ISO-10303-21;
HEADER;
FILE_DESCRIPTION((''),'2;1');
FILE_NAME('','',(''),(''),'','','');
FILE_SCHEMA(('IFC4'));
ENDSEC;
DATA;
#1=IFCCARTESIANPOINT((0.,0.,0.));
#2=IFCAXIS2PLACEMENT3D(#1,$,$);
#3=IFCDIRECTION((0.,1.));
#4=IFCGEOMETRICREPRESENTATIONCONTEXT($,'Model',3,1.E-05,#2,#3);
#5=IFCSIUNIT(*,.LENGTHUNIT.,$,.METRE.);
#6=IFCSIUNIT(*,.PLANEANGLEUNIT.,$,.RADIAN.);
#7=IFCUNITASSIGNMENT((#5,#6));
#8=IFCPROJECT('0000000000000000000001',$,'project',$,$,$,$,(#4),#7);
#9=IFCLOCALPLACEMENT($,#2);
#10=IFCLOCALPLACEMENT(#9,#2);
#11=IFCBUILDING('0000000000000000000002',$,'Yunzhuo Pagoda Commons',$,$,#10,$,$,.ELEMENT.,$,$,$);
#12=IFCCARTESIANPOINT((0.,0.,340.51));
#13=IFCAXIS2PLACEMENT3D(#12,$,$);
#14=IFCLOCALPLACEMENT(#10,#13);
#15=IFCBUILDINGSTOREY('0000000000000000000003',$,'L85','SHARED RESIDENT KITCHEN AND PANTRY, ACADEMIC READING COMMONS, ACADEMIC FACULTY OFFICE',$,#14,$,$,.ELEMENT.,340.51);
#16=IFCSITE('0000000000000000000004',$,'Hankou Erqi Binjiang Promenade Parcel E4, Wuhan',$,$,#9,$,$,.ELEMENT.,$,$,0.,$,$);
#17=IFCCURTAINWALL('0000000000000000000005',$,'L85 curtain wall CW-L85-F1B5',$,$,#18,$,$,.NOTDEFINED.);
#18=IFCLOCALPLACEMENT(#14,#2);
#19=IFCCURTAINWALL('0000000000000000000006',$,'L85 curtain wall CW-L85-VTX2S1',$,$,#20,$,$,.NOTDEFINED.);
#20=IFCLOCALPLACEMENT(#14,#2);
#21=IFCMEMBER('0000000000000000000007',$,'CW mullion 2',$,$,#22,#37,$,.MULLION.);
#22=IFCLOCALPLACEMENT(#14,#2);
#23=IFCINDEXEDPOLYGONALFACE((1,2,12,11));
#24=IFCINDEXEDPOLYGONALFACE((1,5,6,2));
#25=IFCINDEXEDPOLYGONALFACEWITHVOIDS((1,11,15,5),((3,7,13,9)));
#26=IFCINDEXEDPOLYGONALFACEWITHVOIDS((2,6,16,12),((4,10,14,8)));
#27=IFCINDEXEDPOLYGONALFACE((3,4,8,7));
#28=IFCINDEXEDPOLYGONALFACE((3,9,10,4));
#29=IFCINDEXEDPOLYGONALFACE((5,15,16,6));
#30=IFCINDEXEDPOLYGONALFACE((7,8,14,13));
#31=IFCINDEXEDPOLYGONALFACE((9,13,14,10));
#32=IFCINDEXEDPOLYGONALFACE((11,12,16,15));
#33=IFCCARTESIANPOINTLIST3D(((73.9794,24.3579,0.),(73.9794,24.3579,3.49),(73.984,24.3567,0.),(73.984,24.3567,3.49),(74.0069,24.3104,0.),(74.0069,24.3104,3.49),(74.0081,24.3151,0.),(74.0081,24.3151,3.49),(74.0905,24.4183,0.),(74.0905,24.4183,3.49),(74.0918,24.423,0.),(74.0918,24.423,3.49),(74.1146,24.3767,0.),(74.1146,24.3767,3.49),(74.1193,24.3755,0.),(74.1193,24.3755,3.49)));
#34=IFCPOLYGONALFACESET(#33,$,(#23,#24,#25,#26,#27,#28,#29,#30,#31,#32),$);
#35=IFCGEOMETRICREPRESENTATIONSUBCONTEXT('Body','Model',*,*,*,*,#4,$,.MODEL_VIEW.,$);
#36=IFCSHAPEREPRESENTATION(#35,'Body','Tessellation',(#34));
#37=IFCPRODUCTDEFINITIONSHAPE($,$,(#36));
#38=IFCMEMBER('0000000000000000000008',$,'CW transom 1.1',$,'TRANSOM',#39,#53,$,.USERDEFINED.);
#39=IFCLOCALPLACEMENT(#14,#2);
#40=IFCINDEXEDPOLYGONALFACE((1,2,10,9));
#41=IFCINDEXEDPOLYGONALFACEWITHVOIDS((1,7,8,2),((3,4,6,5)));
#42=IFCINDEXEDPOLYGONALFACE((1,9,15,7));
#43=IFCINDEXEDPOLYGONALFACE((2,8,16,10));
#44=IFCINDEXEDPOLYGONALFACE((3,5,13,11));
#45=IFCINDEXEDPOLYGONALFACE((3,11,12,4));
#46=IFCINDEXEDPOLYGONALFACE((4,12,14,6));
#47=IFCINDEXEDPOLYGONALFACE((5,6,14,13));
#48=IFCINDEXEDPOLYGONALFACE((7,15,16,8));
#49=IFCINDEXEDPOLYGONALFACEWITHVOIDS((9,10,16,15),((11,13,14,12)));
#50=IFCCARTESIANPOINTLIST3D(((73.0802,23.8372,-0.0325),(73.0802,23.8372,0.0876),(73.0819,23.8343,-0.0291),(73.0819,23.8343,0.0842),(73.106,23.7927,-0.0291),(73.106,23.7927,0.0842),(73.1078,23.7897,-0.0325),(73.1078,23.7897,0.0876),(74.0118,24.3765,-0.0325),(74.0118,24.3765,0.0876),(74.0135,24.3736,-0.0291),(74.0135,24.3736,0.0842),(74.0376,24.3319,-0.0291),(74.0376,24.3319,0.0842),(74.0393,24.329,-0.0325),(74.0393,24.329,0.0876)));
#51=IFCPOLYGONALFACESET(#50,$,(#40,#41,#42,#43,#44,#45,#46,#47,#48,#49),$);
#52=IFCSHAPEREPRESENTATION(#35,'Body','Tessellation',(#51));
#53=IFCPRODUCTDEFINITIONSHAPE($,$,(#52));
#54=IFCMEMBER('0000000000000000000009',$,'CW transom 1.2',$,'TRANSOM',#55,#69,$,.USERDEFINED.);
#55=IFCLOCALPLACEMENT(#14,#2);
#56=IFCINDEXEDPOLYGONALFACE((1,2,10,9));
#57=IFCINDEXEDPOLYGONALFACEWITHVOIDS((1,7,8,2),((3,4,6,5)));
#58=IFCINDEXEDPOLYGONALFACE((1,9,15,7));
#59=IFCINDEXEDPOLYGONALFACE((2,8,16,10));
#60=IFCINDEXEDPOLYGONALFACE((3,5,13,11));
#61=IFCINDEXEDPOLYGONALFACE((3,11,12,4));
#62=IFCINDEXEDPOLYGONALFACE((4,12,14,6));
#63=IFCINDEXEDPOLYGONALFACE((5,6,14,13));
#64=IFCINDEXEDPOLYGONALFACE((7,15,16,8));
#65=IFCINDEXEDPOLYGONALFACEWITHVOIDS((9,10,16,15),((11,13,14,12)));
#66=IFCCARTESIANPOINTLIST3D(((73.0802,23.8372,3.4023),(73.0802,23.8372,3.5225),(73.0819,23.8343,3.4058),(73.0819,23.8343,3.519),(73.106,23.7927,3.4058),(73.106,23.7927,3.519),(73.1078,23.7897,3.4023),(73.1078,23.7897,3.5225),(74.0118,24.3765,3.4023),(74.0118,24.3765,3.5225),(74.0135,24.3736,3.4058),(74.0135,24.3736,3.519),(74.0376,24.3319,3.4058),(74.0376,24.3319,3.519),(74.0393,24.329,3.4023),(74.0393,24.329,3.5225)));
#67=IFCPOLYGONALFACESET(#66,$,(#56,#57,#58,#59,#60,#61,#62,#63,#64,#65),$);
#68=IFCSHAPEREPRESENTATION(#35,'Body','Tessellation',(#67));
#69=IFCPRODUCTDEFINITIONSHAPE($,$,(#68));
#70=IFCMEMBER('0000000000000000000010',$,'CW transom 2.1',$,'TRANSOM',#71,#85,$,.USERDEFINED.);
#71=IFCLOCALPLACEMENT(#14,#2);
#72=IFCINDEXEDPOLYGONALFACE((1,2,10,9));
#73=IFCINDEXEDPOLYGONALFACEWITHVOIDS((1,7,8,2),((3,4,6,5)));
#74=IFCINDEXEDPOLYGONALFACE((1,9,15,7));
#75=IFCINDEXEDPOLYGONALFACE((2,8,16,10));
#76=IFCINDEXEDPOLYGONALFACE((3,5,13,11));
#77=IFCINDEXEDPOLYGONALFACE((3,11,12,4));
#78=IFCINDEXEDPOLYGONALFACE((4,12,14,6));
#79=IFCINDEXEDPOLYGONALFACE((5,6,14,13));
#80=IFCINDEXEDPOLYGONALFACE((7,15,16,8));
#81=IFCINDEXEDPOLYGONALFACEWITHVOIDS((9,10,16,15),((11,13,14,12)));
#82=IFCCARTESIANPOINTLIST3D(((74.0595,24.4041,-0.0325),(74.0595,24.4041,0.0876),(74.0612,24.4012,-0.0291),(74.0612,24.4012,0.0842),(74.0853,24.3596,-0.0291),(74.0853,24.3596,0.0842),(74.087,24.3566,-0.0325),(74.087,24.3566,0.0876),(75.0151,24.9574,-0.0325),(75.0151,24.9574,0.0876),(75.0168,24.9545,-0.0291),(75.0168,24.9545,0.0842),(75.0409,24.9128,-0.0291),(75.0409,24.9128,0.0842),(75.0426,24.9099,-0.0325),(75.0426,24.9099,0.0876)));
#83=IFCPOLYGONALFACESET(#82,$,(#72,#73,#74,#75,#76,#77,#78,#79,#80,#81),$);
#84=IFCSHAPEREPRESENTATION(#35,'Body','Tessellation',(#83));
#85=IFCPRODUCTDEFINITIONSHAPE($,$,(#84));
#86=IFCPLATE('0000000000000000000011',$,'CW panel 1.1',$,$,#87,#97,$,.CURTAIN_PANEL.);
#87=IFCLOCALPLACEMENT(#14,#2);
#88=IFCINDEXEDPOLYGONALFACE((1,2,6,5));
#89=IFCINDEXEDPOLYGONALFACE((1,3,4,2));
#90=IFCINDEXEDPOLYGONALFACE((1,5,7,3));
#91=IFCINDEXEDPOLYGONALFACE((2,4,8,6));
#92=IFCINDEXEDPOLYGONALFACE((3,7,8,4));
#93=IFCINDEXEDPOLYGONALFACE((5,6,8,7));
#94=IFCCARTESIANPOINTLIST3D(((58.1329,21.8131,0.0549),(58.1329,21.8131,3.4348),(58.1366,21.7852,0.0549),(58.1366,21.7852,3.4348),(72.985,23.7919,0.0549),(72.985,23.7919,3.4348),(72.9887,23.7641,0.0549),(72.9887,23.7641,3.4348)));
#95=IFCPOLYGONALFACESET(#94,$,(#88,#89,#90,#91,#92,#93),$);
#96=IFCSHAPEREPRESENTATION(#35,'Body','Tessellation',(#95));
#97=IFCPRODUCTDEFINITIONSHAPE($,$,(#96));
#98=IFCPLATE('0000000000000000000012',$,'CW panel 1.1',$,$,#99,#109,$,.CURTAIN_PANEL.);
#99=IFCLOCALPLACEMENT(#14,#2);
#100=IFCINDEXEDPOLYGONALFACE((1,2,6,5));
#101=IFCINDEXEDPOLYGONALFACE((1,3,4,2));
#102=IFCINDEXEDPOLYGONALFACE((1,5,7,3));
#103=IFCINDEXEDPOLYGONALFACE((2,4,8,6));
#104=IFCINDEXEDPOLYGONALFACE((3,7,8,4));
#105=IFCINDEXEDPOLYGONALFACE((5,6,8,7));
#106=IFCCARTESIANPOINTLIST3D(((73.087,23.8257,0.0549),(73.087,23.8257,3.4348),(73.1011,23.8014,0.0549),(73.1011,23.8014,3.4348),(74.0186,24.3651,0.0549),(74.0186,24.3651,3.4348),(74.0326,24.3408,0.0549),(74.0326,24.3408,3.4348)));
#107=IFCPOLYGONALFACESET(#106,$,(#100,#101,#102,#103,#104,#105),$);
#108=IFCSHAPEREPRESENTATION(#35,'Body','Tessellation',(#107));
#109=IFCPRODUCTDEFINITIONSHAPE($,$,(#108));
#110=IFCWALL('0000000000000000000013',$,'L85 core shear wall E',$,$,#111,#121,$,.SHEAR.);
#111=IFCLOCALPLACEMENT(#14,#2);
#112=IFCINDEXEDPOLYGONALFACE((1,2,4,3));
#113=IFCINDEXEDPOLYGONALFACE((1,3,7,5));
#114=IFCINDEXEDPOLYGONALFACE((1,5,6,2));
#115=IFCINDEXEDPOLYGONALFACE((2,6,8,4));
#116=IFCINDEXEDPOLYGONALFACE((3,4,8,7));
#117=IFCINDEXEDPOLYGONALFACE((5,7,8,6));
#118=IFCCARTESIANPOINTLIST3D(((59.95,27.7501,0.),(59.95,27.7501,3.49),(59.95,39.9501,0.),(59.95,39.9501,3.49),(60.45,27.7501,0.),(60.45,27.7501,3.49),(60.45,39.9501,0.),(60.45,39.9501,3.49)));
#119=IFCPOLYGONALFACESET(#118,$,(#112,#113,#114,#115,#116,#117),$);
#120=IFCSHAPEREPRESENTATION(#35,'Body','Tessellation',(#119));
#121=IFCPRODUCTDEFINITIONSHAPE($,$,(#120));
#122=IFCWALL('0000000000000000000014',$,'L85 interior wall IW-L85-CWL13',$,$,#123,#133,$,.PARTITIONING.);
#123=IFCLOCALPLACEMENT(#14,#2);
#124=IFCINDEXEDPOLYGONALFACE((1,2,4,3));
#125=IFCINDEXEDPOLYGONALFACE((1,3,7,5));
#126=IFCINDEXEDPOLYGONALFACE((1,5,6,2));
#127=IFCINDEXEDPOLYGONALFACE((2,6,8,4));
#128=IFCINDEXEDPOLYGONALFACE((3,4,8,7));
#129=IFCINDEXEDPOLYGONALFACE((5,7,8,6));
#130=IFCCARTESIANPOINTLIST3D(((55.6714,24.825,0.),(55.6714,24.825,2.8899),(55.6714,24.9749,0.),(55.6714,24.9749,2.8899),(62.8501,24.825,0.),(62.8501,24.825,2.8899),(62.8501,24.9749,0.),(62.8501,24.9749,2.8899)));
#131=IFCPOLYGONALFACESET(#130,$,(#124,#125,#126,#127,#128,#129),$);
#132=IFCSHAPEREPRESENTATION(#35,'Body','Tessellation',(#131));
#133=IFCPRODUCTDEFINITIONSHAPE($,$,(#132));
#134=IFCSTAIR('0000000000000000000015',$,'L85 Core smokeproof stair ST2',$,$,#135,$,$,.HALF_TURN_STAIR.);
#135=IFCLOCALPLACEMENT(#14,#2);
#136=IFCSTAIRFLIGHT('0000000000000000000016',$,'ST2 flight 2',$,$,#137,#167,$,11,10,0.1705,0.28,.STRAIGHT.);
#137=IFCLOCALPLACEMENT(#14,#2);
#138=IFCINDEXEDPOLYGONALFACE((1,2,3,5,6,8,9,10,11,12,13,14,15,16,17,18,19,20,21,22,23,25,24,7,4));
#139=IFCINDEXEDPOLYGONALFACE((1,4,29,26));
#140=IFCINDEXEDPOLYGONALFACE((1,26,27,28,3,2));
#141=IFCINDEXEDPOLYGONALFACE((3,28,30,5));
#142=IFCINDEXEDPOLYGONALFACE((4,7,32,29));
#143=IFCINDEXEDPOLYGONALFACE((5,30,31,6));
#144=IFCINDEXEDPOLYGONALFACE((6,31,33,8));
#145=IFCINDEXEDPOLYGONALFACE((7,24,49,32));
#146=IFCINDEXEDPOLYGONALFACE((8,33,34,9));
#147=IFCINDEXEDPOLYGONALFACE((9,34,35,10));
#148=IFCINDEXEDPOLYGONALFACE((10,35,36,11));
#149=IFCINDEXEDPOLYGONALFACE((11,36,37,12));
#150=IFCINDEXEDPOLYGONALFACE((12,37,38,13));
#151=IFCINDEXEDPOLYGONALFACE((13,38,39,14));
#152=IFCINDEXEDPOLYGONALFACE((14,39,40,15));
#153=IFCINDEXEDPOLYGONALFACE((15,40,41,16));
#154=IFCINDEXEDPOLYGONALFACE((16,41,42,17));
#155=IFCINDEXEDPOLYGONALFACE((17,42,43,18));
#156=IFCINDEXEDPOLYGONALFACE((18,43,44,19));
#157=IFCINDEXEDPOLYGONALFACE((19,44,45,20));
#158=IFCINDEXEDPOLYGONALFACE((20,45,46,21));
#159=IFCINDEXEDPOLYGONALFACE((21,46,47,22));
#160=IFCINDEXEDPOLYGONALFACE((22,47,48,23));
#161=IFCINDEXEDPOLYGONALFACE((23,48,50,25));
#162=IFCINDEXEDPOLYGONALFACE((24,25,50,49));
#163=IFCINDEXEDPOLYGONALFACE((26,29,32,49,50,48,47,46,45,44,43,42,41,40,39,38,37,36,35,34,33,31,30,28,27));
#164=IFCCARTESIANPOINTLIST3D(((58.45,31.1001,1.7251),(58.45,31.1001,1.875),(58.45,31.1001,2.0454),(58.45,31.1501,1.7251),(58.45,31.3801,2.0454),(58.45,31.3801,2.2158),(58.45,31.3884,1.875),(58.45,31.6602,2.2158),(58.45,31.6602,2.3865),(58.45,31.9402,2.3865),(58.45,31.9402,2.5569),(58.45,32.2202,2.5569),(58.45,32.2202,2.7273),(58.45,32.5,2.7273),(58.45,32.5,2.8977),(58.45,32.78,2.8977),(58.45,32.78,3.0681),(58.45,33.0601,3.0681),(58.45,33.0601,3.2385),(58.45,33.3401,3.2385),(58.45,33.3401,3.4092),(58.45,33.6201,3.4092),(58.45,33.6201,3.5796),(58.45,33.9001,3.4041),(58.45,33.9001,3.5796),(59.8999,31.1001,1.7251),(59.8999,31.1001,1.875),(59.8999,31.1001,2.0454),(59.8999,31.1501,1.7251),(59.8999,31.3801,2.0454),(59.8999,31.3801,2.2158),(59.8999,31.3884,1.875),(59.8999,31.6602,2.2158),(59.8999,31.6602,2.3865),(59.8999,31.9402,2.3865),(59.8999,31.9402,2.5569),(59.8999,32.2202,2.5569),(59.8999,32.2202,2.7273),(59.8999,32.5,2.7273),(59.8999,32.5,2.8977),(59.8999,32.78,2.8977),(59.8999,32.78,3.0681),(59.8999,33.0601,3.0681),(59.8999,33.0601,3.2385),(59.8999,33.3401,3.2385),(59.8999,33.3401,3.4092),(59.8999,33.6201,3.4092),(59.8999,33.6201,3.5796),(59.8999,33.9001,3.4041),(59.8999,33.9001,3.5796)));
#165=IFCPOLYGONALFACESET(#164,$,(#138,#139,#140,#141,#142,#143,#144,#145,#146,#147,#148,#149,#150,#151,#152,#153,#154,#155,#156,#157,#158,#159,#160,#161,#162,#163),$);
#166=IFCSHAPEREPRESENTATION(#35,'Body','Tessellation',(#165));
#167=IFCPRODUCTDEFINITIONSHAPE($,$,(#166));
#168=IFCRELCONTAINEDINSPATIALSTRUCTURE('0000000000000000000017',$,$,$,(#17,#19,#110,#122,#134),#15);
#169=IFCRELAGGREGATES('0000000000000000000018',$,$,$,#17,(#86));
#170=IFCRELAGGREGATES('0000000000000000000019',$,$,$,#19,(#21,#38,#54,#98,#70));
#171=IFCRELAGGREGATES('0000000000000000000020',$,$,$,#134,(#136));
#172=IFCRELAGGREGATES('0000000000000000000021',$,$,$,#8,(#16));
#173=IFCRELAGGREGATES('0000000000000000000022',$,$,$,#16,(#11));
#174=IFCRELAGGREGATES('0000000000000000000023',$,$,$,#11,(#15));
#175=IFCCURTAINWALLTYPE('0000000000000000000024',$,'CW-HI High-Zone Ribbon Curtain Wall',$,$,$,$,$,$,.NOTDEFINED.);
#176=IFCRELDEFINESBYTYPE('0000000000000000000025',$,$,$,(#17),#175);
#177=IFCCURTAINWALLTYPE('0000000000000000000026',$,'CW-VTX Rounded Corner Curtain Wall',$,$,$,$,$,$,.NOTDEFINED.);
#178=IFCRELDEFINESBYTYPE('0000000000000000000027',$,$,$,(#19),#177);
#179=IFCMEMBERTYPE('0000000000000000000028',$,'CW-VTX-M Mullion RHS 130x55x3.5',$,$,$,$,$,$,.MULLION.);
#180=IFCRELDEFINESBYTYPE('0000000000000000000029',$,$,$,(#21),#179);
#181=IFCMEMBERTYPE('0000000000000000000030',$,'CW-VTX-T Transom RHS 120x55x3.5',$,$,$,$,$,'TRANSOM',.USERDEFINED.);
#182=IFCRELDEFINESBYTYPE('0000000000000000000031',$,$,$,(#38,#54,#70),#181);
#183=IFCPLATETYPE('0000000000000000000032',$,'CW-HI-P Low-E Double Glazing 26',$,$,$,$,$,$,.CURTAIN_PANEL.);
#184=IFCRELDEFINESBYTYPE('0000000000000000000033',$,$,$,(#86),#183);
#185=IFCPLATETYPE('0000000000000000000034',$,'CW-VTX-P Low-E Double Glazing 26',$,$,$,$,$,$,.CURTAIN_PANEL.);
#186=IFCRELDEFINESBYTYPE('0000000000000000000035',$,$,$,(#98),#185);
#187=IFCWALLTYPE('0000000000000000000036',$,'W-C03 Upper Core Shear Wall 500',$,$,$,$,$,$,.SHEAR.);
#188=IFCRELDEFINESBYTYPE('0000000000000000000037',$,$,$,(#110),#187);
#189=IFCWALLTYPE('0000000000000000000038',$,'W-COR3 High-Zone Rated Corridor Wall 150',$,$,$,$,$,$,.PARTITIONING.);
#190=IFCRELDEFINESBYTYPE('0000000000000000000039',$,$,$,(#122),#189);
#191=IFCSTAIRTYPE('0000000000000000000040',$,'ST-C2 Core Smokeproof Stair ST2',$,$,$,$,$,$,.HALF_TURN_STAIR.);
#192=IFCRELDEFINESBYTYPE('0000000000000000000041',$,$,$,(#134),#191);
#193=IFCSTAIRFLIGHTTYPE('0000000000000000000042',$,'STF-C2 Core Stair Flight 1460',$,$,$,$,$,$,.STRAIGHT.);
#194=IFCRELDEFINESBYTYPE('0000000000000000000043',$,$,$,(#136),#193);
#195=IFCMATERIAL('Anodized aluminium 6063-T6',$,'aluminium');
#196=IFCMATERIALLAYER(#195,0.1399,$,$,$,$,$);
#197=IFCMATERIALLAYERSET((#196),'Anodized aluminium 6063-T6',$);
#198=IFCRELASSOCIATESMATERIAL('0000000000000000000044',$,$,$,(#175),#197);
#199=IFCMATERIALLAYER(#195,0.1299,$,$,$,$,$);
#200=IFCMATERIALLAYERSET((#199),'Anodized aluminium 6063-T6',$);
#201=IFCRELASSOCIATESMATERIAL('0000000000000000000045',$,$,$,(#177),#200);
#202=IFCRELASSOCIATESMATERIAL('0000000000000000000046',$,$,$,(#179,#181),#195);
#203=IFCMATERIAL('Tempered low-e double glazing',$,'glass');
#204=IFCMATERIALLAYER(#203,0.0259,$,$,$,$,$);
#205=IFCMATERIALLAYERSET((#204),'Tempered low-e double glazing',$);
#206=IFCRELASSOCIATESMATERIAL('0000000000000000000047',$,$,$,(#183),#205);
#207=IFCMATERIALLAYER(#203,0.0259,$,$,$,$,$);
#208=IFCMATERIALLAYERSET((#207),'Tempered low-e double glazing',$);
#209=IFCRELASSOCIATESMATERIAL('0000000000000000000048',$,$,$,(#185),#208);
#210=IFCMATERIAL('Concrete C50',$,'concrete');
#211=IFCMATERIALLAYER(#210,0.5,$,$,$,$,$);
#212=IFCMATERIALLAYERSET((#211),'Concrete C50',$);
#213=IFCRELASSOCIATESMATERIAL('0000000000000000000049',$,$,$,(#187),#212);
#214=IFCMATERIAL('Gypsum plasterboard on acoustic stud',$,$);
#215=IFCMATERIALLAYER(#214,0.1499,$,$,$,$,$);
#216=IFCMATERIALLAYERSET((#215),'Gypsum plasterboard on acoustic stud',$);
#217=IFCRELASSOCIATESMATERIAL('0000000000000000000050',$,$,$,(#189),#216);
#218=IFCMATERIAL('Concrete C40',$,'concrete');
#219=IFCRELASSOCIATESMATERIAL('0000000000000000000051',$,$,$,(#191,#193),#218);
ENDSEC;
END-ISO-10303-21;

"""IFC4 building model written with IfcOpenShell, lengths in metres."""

from ifc_helpers import new_model, si_unit, direction, frame, frame_2d, origin, origin_2d, place, context, subcontext, project, spatial, polyline, rectangle, hollow_rectangle, outline, extrude, source, transform, mapped, material, layer, layer_set, material_profile, profile_set, type_object, element, aggregate, save


model = new_model("IFC4")

# Units and contexts
model_context = context("Model", 3, precision=1e-05, world=origin(), true_north=direction((0.0, 1.0)))
body_context = subcontext(model_context, "Body", "Model", "MODEL_VIEW")
ifc_project = project(units=[si_unit("LENGTHUNIT", "METRE"), si_unit("PLANEANGLEUNIT", "RADIAN")], contexts=[model_context])

# Site, building, storey
site_placement = place(None, origin())
site = spatial("IfcSite", under=ifc_project, at=site_placement, Name="Hankou Erqi Binjiang Promenade Parcel E4, Wuhan", CompositionType="ELEMENT", RefElevation=0.0)
building_placement = place(site_placement, origin())
building = spatial("IfcBuilding", under=site, at=building_placement, Name="Yunzhuo Pagoda Commons", CompositionType="ELEMENT")
storey_placement = place(building_placement, frame((0.0, 0.0, 340.51)))
storey = spatial("IfcBuildingStorey", under=building, at=storey_placement, Name="L85", Description="SHARED RESIDENT KITCHEN AND PANTRY, ACADEMIC READING COMMONS, ACADEMIC FACULTY OFFICE", CompositionType="ELEMENT", Elevation=340.51)

# Shared definitions
ifc_material_1 = material(Name="Anodized aluminium 6063-T6", Category="aluminium")
ifc_layer_1 = layer(ifc_material_1, 0.1399)
ifc_layer_set_1 = layer_set([ifc_layer_1], Name="Anodized aluminium 6063-T6")
curtain_wall_type_1 = type_object("IfcCurtainWallType", Name="CW-HI High-Zone Ribbon Curtain Wall", PredefinedType="NOTDEFINED", material=ifc_layer_set_1)

# Curtain walls, members
curtain_wall_1_placement = place(storey_placement, origin())
curtain_wall_1 = element("IfcCurtainWall", 1, at=curtain_wall_1_placement, inside=storey, type_object=curtain_wall_type_1, Name="L85 curtain wall CW-L85-F1B5", PredefinedType="NOTDEFINED")
ifc_layer_2 = layer(ifc_material_1, 0.1299)
ifc_layer_set_2 = layer_set([ifc_layer_2], Name="Anodized aluminium 6063-T6")
curtain_wall_type_2 = type_object("IfcCurtainWallType", Name="CW-VTX Rounded Corner Curtain Wall", PredefinedType="NOTDEFINED", material=ifc_layer_set_2)
curtain_wall_2_placement = place(storey_placement, origin())
curtain_wall_2 = element("IfcCurtainWall", 2, at=curtain_wall_2_placement, inside=storey, type_object=curtain_wall_type_2, Name="L85 curtain wall CW-L85-VTX2S1", PredefinedType="NOTDEFINED")
ifc_material_profile_1 = material_profile(ifc_material_1, hollow_rectangle(XDim=0.0549, YDim=0.1299, WallThickness=0.0034, at=origin_2d()), Name="Anodized aluminium 6063-T6")
ifc_profile_set_1 = profile_set([ifc_material_profile_1], Name="Anodized aluminium 6063-T6")
member_type_1 = type_object("IfcMemberType", Name="CW-VTX-M Mullion RHS 130x55x3.5", PredefinedType="MULLION", material=ifc_profile_set_1)
shared_shape_1 = source(origin(), body_context, "Body", "SweptSolid", [
    extrude(hollow_rectangle(XDim=0.0549, YDim=0.1299, WallThickness=0.0034, at=origin_2d()), origin(), (0.0, 0.0, 1.0), 3.49),
])
member_1_placement = place(storey_placement, frame((74.0493, 24.3667, 0.0), z_axis=(0.0, 0.0, 1.0), x_axis=(-0.501028, 0.865431, 0.0)))
member_1 = element("IfcMember", 3, at=member_1_placement, type_object=member_type_1, Name="CW mullion 2", PredefinedType="MULLION", context=body_context, shape_type="MappedRepresentation", body=[
    mapped(shared_shape_1, transform((0.0, 0.0, 0.0), scale=1.0)),
])
ifc_material_profile_2 = material_profile(ifc_material_1, hollow_rectangle(XDim=0.0549, YDim=0.1201, WallThickness=0.0034, at=origin_2d()), Name="Anodized aluminium 6063-T6")
ifc_profile_set_2 = profile_set([ifc_material_profile_2], Name="Anodized aluminium 6063-T6")
member_type_2 = type_object("IfcMemberType", Name="CW-VTX-T Transom RHS 120x55x3.5", ElementType="TRANSOM", PredefinedType="USERDEFINED", material=ifc_profile_set_2)
shared_shape_2 = source(origin(), body_context, "Body", "SweptSolid", [
    extrude(hollow_rectangle(XDim=0.0549, YDim=0.1201, WallThickness=0.0034, at=origin_2d()), origin(), (0.0, 0.0, 1.0), 1.0764),
])
member_2_placement = place(storey_placement, frame((73.094, 23.8135, 0.0276), z_axis=(0.865452, 0.500992, 0.0), x_axis=(-0.500992, 0.865452, 0.0)))
member_2 = element("IfcMember", 4, at=member_2_placement, type_object=member_type_2, Name="CW transom 1.1", ObjectType="TRANSOM", PredefinedType="USERDEFINED", context=body_context, shape_type="MappedRepresentation", body=[
    mapped(shared_shape_2, transform((0.0, 0.0, 0.0), scale=1.0)),
])
member_3_placement = place(storey_placement, frame((73.094, 23.8135, 3.4624), z_axis=(0.865452, 0.500992, 0.0), x_axis=(-0.500992, 0.865452, 0.0)))
member_3 = element("IfcMember", 5, at=member_3_placement, type_object=member_type_2, Name="CW transom 1.2", ObjectType="TRANSOM", PredefinedType="USERDEFINED", context=body_context, shape_type="MappedRepresentation", body=[
    mapped(shared_shape_2, transform((0.0, 0.0, 0.0), scale=1.0)),
])
shared_shape_3 = source(origin(), body_context, "Body", "SweptSolid", [
    extrude(hollow_rectangle(XDim=0.0549, YDim=0.1201, WallThickness=0.0034, at=origin_2d()), origin(), (0.0, 0.0, 1.0), 1.1042),
])
member_4_placement = place(storey_placement, frame((74.0732, 24.3804, 0.0276), z_axis=(0.865426, 0.501036, 0.0), x_axis=(-0.501036, 0.865426, 0.0)))
member_4 = element("IfcMember", 6, at=member_4_placement, type_object=member_type_2, Name="CW transom 2.1", ObjectType="TRANSOM", PredefinedType="USERDEFINED", context=body_context, shape_type="MappedRepresentation", body=[
    mapped(shared_shape_3, transform((0.0, 0.0, 0.0), scale=1.0)),
])

# Plates
ifc_material_2 = material(Name="Tempered low-e double glazing", Category="glass")
ifc_layer_3 = layer(ifc_material_2, 0.0259)
ifc_layer_set_3 = layer_set([ifc_layer_3], Name="Tempered low-e double glazing")
plate_type_1 = type_object("IfcPlateType", Name="CW-HI-P Low-E Double Glazing 26", PredefinedType="CURTAIN_PANEL", material=ifc_layer_set_3)
shared_shape_4 = source(origin(), body_context, "Body", "SweptSolid", [
    extrude(rectangle(XDim=14.9834, YDim=0.0281, at=origin_2d()), origin(), (0.0, 0.0, 1.0), 3.3799),
])
plate_1_placement = place(storey_placement, frame((65.5608, 22.7886, 0.0549), z_axis=(0.0, 0.0, 1.0), x_axis=(0.991241, 0.132069, 0.0)))
plate_1 = element("IfcPlate", 7, at=plate_1_placement, type_object=plate_type_1, Name="CW panel 1.1", PredefinedType="CURTAIN_PANEL", context=body_context, shape_type="MappedRepresentation", body=[
    mapped(shared_shape_4, transform((0.0, 0.0, 0.0), scale=1.0)),
])
aggregate(curtain_wall_1, [plate_1])
ifc_layer_4 = layer(ifc_material_2, 0.0259)
ifc_layer_set_4 = layer_set([ifc_layer_4], Name="Tempered low-e double glazing")
plate_type_2 = type_object("IfcPlateType", Name="CW-VTX-P Low-E Double Glazing 26", PredefinedType="CURTAIN_PANEL", material=ifc_layer_set_4)
shared_shape_5 = source(origin(), body_context, "Body", "SweptSolid", [
    extrude(rectangle(XDim=1.0764, YDim=0.0281, at=origin_2d()), origin(), (0.0, 0.0, 1.0), 3.3799),
])
plate_2_placement = place(storey_placement, frame((73.5598, 24.0833, 0.0549), z_axis=(0.0, 0.0, 1.0), x_axis=(0.865431, 0.501028, 0.0)))
plate_2 = element("IfcPlate", 8, at=plate_2_placement, type_object=plate_type_2, Name="CW panel 1.1", PredefinedType="CURTAIN_PANEL", context=body_context, shape_type="MappedRepresentation", body=[
    mapped(shared_shape_5, transform((0.0, 0.0, 0.0), scale=1.0)),
])
aggregate(curtain_wall_2, [member_1, member_2, member_3, plate_2, member_4])

# Walls
ifc_material_3 = material(Name="Concrete C50", Category="concrete")
ifc_layer_5 = layer(ifc_material_3, 0.5)
ifc_layer_set_5 = layer_set([ifc_layer_5], Name="Concrete C50")
wall_type_1 = type_object("IfcWallType", Name="W-C03 Upper Core Shear Wall 500", PredefinedType="SHEAR", material=ifc_layer_set_5)
wall_1_placement = place(storey_placement, frame((60.2, 27.75, 0.0), z_axis=(0.0, 0.0, 1.0), x_axis=(0.0, 1.0, 0.0)))
element("IfcWall", 9, at=wall_1_placement, inside=storey, type_object=wall_type_1, Name="L85 core shear wall E", PredefinedType="SHEAR", context=body_context, shape_type="SweptSolid", body=[
    extrude(rectangle(XDim=12.2, YDim=0.5, at=frame_2d((6.1001, 0.0))), origin(), (0.0, 0.0, 1.0), 3.49),
])
ifc_material_4 = material(Name="Gypsum plasterboard on acoustic stud")
ifc_layer_6 = layer(ifc_material_4, 0.1499)
ifc_layer_set_6 = layer_set([ifc_layer_6], Name="Gypsum plasterboard on acoustic stud")
wall_type_2 = type_object("IfcWallType", Name="W-COR3 High-Zone Rated Corridor Wall 150", PredefinedType="PARTITIONING", material=ifc_layer_set_6)
wall_2_placement = place(storey_placement, frame((62.8501, 24.8999, 0.0), z_axis=(0.0, 0.0, 1.0), x_axis=(-1.0, 0.0, 0.0)))
element("IfcWall", 10, at=wall_2_placement, inside=storey, type_object=wall_type_2, Name="L85 interior wall IW-L85-CWL13", PredefinedType="PARTITIONING", context=body_context, shape_type="SweptSolid", body=[
    extrude(rectangle(XDim=7.1787, YDim=0.1499, at=frame_2d((3.5894, 0.0))), origin(), (0.0, 0.0, 1.0), 2.8899),
])

# Stair, stair flight
ifc_material_5 = material(Name="Concrete C40", Category="concrete")
stair_type = type_object("IfcStairType", Name="ST-C2 Core Smokeproof Stair ST2", PredefinedType="HALF_TURN_STAIR", material=ifc_material_5)
stair_placement = place(storey_placement, origin())
stair = element("IfcStair", 11, at=stair_placement, inside=storey, type_object=stair_type, Name="L85 Core smokeproof stair ST2", PredefinedType="HALF_TURN_STAIR")
stair_flight_type = type_object("IfcStairFlightType", Name="STF-C2 Core Stair Flight 1460", PredefinedType="STRAIGHT", material=ifc_material_5)
shared_shape_6 = source(origin(), body_context, "Body", "SweptSolid", [
    extrude(outline(polyline([(0.0, -0.1499), (0.0, 0.0), (0.0, 0.1704), (0.28, 0.1704), (0.28, 0.3408), (0.5601, 0.3408), (0.5601, 0.5115), (0.8401, 0.5115), (0.8401, 0.6819), (1.1201, 0.6819), (1.1201, 0.8523), (1.3999, 0.8523), (1.3999, 1.0227), (1.6799, 1.0227), (1.6799, 1.1931), (1.96, 1.1931), (1.96, 1.3635), (2.24, 1.3635), (2.24, 1.5342), (2.52, 1.5342), (2.52, 1.7046), (2.8, 1.7046), (2.8, 1.875), (2.8, 1.5291), (0.2883, 0.0), (0.05, -0.1499), (0.0, -0.1499)])), frame((0.0, 0.7251, 0.0), z_axis=(0.0, -1.0, 0.0), x_axis=(1.0, 0.0, 0.0)), (0.0, 0.0, 1.0), 1.45),
])
stair_flight_placement = place(storey_placement, frame((59.175, 31.1001, 1.875), z_axis=(0.0, 0.0, 1.0), x_axis=(0.0, 1.0, 0.0)))
stair_flight = element("IfcStairFlight", 12, at=stair_flight_placement, type_object=stair_flight_type, Name="ST2 flight 2", NumberOfRisers=11, NumberOfTreads=10, PredefinedType="STRAIGHT", RiserHeight=0.1705, TreadLength=0.28, context=body_context, shape_type="MappedRepresentation", body=[
    mapped(shared_shape_6, transform((0.0, 0.0, 0.0), scale=1.0)),
])
aggregate(stair, [stair_flight])

save(model, "model.ifc")
